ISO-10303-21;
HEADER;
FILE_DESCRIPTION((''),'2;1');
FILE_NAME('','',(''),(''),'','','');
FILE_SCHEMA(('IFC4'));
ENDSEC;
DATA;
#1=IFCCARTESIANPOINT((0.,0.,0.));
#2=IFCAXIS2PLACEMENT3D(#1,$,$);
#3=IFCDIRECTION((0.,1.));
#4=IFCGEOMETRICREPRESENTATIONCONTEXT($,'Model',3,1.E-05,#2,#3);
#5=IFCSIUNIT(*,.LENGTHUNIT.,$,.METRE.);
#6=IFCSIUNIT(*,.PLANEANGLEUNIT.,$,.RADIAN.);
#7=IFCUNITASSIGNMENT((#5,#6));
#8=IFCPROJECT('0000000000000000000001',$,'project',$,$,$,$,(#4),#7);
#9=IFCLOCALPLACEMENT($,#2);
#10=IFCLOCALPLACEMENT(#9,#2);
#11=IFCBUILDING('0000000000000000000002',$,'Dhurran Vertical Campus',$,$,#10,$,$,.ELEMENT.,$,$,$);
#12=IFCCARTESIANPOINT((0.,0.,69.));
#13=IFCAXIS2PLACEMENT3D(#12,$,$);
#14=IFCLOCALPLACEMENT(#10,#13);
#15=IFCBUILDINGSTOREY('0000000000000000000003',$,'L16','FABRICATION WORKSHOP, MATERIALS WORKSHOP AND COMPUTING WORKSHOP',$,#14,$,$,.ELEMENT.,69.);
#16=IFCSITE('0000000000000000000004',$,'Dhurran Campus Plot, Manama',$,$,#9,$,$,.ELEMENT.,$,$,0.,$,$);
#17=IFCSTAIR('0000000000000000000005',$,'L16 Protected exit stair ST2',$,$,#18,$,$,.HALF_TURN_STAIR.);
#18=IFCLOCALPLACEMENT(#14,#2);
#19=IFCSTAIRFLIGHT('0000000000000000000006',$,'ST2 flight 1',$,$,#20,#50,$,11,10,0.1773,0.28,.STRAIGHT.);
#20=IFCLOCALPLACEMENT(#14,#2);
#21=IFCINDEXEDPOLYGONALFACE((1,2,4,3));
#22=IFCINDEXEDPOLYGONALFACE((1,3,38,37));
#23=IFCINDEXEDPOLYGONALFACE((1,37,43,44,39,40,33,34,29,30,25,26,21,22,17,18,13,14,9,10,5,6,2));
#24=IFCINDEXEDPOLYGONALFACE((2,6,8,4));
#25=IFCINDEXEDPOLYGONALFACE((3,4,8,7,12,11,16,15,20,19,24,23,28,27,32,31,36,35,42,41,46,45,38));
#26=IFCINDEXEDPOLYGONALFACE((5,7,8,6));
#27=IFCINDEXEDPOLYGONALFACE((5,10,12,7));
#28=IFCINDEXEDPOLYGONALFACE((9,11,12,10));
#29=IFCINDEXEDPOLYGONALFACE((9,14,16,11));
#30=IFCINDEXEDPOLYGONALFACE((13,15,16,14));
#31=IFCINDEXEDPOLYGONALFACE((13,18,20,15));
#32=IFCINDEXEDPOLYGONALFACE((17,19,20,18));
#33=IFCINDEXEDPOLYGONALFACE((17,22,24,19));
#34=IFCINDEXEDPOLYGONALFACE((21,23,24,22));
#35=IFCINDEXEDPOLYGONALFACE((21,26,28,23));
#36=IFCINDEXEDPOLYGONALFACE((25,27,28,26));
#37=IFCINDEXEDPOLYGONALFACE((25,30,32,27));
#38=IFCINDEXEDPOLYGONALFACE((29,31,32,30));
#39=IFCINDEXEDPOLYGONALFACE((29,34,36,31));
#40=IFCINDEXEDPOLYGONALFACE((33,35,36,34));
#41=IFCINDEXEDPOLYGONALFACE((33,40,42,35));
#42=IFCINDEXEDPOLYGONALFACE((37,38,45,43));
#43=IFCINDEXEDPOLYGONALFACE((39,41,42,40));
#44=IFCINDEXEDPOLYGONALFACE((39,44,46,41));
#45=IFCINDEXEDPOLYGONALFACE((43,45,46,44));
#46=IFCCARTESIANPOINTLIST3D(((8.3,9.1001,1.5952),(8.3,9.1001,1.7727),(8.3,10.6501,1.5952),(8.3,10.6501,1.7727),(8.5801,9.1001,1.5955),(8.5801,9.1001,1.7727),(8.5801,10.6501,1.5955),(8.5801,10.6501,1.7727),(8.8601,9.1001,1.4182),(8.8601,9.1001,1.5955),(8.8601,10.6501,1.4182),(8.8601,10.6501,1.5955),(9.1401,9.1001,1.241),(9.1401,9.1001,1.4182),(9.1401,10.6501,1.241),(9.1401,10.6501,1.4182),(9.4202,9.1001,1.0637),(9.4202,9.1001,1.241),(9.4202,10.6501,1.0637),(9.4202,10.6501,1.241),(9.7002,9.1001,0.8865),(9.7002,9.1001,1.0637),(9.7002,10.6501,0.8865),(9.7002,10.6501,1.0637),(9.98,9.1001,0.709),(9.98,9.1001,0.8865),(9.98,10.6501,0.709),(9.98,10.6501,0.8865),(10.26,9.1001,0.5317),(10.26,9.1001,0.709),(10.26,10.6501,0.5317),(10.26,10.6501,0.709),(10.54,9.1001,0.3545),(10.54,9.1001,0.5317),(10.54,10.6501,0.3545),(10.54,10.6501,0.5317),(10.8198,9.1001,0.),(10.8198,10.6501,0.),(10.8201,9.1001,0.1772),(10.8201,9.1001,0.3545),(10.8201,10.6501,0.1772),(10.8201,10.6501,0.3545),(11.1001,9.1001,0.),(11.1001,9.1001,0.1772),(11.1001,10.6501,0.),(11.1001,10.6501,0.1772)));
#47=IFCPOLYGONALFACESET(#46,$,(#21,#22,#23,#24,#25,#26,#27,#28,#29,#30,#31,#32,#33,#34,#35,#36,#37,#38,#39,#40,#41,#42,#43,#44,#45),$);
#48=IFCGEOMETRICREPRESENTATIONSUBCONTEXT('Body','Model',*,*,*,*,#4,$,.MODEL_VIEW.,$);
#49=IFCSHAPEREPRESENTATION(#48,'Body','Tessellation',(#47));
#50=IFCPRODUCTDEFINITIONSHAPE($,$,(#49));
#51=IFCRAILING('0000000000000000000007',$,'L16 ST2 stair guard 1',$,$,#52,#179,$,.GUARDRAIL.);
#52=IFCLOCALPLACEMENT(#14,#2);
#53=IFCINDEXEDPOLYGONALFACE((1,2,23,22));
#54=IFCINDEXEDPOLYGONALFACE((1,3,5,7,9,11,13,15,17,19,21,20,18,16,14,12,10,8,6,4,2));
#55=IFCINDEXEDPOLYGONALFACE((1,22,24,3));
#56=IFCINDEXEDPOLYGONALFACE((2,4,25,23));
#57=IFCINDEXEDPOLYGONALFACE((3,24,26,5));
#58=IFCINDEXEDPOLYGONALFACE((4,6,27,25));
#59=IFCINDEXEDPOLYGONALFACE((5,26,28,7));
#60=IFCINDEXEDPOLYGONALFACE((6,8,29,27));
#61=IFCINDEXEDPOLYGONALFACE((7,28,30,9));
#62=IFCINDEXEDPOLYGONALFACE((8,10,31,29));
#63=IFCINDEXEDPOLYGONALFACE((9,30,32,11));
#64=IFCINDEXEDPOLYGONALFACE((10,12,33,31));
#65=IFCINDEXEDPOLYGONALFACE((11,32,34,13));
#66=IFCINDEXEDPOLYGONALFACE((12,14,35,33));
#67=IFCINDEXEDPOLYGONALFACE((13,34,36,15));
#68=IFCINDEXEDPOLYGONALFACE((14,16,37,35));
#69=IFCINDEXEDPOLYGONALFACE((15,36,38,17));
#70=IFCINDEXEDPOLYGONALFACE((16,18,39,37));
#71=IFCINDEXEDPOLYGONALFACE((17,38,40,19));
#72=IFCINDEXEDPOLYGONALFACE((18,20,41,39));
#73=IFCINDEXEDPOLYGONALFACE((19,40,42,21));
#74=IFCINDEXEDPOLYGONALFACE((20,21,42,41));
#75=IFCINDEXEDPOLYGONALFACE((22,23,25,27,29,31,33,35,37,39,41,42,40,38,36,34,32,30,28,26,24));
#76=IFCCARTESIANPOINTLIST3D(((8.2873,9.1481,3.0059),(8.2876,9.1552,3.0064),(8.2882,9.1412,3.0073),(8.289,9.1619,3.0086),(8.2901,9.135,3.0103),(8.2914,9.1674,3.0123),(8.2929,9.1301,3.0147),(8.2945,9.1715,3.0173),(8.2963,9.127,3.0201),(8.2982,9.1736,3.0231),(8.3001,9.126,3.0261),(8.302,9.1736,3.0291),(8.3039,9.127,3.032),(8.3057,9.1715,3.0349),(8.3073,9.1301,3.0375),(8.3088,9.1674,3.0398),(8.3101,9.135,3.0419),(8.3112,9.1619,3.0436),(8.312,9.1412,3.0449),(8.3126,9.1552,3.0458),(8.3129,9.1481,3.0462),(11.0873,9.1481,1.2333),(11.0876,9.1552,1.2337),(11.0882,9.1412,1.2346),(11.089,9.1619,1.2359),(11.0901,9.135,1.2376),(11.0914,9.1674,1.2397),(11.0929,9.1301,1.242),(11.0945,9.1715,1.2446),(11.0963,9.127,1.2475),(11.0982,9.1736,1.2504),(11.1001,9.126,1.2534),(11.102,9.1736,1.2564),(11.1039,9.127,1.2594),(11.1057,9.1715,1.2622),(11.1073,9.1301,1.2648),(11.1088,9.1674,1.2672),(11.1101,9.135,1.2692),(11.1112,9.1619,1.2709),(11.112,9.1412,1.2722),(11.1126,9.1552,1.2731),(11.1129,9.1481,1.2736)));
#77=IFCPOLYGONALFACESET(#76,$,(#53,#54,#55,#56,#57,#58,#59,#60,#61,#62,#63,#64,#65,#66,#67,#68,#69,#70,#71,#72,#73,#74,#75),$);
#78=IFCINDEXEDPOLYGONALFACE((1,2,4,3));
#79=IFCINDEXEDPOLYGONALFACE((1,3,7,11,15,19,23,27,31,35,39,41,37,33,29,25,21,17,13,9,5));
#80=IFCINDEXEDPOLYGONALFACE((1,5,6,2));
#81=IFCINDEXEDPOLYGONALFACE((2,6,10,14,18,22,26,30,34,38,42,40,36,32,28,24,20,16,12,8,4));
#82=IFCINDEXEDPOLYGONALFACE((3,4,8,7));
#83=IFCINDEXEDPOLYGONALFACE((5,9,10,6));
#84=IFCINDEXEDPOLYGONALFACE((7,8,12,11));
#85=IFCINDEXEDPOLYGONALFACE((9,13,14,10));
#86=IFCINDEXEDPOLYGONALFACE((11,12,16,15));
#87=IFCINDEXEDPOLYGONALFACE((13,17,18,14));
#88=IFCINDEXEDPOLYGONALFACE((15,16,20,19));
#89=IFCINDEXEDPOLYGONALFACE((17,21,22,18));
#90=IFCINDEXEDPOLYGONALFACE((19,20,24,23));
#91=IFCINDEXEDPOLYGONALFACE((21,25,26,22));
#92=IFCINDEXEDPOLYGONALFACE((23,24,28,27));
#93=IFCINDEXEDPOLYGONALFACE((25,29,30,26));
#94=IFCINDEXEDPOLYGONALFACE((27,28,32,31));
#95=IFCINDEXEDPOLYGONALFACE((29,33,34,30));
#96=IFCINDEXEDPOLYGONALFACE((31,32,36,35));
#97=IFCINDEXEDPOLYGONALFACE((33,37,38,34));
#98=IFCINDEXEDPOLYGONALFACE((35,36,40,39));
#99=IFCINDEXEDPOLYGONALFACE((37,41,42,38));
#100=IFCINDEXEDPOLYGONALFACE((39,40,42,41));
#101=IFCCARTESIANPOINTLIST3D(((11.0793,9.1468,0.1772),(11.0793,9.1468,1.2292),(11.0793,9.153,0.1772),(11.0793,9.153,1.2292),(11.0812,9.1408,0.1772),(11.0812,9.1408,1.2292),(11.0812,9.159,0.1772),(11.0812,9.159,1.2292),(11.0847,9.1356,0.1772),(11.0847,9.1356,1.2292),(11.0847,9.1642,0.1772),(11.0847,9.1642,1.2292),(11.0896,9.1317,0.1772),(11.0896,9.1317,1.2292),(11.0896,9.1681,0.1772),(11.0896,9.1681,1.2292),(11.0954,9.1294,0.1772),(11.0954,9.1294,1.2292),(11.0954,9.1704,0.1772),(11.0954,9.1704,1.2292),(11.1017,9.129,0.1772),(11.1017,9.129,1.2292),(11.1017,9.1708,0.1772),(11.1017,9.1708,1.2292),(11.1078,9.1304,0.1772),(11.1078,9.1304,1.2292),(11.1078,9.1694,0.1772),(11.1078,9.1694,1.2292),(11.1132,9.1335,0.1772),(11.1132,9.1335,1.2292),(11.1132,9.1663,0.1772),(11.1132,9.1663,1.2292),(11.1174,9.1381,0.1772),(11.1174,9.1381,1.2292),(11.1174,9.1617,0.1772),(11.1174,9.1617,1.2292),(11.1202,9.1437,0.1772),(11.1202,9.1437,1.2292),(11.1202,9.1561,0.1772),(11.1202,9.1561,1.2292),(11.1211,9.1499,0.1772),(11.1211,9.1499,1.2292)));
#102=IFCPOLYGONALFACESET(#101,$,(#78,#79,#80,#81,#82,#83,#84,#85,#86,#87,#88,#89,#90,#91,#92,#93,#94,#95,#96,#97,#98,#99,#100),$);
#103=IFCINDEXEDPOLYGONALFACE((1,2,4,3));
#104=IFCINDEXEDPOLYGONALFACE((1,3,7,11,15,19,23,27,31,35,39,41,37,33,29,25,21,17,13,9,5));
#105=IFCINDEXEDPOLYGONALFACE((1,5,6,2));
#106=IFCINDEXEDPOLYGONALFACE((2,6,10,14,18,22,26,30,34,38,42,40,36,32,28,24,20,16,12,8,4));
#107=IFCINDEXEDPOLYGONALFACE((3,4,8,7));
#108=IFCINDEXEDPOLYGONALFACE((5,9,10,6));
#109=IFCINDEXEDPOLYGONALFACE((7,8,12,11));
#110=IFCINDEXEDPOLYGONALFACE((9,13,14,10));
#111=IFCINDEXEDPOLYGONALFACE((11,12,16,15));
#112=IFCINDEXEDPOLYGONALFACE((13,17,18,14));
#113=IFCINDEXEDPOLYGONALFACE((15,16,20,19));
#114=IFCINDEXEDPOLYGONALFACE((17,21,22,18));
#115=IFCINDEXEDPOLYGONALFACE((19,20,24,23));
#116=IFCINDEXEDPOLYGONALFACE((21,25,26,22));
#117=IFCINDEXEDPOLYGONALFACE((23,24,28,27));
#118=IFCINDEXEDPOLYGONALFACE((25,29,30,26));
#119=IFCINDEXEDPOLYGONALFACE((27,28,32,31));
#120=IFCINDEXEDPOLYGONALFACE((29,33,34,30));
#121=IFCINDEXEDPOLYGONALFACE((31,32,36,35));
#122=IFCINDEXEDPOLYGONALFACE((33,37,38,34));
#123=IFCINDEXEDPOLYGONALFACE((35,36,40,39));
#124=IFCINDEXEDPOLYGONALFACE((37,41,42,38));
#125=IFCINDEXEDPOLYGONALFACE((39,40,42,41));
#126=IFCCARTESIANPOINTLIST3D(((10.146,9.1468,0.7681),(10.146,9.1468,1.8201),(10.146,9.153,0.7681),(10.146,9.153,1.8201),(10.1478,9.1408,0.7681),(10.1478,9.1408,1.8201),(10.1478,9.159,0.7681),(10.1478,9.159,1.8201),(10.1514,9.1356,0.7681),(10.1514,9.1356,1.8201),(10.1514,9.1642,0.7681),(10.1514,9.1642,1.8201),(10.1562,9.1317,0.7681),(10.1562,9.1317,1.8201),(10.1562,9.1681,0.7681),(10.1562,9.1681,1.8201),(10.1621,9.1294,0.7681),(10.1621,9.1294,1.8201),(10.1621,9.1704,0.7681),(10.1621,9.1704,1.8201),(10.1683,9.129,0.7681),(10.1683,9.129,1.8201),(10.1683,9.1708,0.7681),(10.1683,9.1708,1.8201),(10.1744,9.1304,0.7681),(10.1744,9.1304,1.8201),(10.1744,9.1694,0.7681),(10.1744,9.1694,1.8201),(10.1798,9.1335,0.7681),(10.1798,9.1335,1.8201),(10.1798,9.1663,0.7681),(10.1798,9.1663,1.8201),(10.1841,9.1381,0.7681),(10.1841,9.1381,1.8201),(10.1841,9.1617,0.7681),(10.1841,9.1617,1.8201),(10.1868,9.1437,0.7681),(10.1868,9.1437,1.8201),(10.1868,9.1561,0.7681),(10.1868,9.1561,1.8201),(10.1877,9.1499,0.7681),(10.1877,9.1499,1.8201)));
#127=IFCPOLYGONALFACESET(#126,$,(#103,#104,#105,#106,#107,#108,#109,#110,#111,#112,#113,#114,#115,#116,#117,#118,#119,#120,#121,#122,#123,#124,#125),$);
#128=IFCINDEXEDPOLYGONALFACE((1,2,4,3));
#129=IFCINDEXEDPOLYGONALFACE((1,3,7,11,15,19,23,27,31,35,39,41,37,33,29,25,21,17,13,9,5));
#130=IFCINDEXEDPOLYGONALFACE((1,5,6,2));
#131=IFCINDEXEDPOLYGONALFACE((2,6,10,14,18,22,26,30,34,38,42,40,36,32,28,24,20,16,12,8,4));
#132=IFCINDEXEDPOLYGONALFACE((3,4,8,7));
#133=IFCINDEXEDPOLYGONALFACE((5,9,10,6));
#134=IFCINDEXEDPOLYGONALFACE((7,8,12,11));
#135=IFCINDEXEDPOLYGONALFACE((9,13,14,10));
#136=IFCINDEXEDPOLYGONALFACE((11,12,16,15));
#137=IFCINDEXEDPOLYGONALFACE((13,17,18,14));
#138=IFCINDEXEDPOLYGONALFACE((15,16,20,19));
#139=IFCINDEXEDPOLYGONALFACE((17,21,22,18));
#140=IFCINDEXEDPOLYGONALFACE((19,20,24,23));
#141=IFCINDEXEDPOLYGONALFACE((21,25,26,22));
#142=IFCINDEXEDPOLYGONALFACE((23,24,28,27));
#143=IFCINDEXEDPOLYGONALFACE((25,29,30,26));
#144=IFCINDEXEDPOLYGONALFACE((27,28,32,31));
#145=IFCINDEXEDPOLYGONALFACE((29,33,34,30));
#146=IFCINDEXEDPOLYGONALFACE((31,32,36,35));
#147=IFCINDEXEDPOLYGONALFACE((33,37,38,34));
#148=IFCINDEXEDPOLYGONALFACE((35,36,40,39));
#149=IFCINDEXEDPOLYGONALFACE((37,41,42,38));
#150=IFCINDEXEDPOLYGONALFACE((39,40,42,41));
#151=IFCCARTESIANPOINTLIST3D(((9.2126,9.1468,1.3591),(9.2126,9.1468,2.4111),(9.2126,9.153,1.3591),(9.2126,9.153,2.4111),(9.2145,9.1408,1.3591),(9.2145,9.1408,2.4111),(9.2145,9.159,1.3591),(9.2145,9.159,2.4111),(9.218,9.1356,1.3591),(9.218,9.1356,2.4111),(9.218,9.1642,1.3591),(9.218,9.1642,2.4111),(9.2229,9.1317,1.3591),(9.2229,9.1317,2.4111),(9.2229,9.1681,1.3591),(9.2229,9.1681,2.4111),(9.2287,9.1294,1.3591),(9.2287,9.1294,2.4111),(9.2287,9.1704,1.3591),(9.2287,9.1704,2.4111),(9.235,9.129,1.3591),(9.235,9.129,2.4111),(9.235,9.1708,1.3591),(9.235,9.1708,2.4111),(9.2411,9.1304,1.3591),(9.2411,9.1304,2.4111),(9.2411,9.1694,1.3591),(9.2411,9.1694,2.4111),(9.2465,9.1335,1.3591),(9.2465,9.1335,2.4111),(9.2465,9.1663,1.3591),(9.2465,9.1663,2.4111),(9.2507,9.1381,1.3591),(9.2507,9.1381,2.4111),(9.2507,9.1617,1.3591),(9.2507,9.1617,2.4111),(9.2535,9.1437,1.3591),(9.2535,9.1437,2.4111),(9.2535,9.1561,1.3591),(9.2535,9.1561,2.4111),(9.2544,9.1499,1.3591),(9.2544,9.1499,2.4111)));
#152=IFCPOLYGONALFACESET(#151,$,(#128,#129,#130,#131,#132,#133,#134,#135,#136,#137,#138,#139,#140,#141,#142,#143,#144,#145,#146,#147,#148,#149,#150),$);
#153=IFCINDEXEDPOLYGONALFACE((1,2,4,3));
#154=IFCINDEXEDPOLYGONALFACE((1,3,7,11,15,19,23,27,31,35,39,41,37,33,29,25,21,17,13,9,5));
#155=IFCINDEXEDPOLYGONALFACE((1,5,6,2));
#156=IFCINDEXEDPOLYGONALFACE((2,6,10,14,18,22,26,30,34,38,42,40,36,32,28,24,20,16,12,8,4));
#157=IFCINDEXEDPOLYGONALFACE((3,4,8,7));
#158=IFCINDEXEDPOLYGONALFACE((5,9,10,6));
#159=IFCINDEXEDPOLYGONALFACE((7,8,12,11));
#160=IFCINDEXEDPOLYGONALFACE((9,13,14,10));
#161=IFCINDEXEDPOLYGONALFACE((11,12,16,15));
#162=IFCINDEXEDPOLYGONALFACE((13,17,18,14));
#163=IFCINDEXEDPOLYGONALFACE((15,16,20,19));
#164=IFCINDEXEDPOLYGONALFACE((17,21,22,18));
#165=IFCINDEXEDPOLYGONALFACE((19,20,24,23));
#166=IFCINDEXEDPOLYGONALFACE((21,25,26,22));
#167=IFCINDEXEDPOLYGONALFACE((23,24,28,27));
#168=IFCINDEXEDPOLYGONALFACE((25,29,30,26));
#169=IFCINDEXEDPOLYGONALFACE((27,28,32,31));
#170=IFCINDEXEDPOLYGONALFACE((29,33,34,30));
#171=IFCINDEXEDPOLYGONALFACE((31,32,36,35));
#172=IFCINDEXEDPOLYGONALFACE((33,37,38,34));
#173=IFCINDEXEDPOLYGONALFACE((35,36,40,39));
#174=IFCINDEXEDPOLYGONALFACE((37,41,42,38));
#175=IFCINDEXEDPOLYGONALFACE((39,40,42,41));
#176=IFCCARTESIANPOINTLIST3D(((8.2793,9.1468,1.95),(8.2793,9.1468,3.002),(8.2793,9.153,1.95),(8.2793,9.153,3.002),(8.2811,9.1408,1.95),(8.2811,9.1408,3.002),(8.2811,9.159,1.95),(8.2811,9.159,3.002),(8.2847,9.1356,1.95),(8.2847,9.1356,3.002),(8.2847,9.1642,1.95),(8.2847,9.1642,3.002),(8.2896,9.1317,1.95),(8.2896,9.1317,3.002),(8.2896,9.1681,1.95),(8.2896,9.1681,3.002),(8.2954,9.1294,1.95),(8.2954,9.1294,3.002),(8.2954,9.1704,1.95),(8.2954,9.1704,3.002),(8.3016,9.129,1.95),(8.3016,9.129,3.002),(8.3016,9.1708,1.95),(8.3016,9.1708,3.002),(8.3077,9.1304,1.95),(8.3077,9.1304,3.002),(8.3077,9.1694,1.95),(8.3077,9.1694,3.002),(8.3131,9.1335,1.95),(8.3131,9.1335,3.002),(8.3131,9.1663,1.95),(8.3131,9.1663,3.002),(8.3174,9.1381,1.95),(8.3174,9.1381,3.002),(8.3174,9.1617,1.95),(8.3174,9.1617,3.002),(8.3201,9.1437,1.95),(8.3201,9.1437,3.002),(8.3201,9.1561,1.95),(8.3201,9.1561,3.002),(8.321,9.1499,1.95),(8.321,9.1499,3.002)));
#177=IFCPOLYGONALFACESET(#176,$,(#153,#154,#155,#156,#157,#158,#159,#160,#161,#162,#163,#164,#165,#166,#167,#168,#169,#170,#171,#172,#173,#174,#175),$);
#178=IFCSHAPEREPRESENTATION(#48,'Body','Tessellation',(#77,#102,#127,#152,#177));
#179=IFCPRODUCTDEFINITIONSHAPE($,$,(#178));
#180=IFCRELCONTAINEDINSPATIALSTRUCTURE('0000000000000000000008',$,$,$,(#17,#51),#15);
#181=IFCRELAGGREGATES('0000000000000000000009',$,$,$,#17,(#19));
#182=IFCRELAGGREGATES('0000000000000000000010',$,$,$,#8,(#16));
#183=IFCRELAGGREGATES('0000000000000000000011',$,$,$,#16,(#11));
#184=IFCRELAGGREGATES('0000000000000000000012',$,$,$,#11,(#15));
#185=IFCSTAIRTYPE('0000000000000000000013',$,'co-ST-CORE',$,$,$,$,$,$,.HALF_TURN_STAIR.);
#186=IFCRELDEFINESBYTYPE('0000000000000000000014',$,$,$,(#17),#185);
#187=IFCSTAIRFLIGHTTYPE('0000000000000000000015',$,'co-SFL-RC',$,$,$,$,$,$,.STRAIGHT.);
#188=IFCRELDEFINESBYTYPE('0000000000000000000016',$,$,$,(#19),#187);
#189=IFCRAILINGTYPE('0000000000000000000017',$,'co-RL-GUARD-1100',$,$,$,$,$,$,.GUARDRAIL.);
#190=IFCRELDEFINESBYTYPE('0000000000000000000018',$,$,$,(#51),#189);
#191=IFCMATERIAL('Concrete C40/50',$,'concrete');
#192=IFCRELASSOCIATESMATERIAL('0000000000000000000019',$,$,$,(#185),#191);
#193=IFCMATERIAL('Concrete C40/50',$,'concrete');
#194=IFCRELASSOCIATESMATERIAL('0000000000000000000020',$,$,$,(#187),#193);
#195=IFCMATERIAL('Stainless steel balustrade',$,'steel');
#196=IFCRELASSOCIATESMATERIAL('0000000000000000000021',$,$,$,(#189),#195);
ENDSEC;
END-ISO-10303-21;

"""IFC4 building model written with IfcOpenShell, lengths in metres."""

from ifc_helpers import new_model, si_unit, direction, frame, origin, origin_2d, place, context, subcontext, project, spatial, polyline, circle, outline, extrude, material, type_object, element, aggregate, save


model = new_model("IFC4")

# Units and contexts
model_context = context("Model", 3, precision=1e-05, world=origin(), true_north=direction((0.0, 1.0)))
body_context = subcontext(model_context, "Body", "Model", "MODEL_VIEW")
ifc_project = project(units=[si_unit("LENGTHUNIT", "METRE"), si_unit("PLANEANGLEUNIT", "RADIAN")], contexts=[model_context])

# Site, building, storey
site_placement = place(None, origin())
site = spatial("IfcSite", under=ifc_project, at=site_placement, Name="Dhurran Campus Plot, Manama", CompositionType="ELEMENT", RefElevation=0.0)
building_placement = place(site_placement, origin())
building = spatial("IfcBuilding", under=site, at=building_placement, Name="Dhurran Vertical Campus", CompositionType="ELEMENT")
storey_placement = place(building_placement, frame((0.0, 0.0, 69.0)))
storey = spatial("IfcBuildingStorey", under=building, at=storey_placement, Name="L16", Description="FABRICATION WORKSHOP, MATERIALS WORKSHOP AND COMPUTING WORKSHOP", CompositionType="ELEMENT", Elevation=69.0)

# Stair, stair flight
ifc_material_1 = material(Name="Concrete C40/50", Category="concrete")
stair_type = type_object("IfcStairType", Name="co-ST-CORE", PredefinedType="HALF_TURN_STAIR", material=ifc_material_1)
stair_placement = place(storey_placement, origin())
stair = element("IfcStair", 1, at=stair_placement, inside=storey, type_object=stair_type, Name="L16 Protected exit stair ST2", PredefinedType="HALF_TURN_STAIR")
ifc_material_2 = material(Name="Concrete C40/50", Category="concrete")
stair_flight_type = type_object("IfcStairFlightType", Name="co-SFL-RC", PredefinedType="STRAIGHT", material=ifc_material_2)
stair_flight_placement = place(storey_placement, frame((11.1001, 9.875, 0.0), z_axis=(0.0, 0.0, 1.0), x_axis=(-1.0, 0.0, 0.0)))
stair_flight = element("IfcStairFlight", 2, at=stair_flight_placement, type_object=stair_flight_type, Name="ST2 flight 1", NumberOfRisers=11, NumberOfTreads=10, PredefinedType="STRAIGHT", RiserHeight=0.1773, TreadLength=0.28, context=body_context, shape_type="SweptSolid", body=[
    extrude(outline(polyline([(0.0, 0.0), (0.0, 0.1772), (0.28, 0.1772), (0.28, 0.3545), (0.5601, 0.3545), (0.5601, 0.5317), (0.8401, 0.5317), (0.8401, 0.709), (1.1201, 0.709), (1.1201, 0.8865), (1.3999, 0.8865), (1.3999, 1.0637), (1.6799, 1.0637), (1.6799, 1.241), (1.96, 1.241), (1.96, 1.4182), (2.24, 1.4182), (2.24, 1.5955), (2.52, 1.5955), (2.52, 1.7727), (2.8, 1.7727), (2.8, 1.95), (2.8, 1.5952), (0.2803, 0.0), (0.0, 0.0)])), frame((0.0, 0.7749, 0.0), z_axis=(0.0, -1.0, 0.0), x_axis=(1.0, 0.0, 0.0)), (0.0, 0.0, 1.0), 1.55),
])
aggregate(stair, [stair_flight])

# Railing
ifc_material_3 = material(Name="Stainless steel balustrade", Category="steel")
railing_type_1 = type_object("IfcRailingType", Name="co-RL-GUARD-1100", PredefinedType="GUARDRAIL", material=ifc_material_3)
railing_1_placement = place(storey_placement, frame((11.1001, 9.1499, 0.1772)))
element("IfcRailing", 3, at=railing_1_placement, inside=storey, type_object=railing_type_1, Name="L16 ST2 stair guard 1", PredefinedType="GUARDRAIL", context=body_context, shape_type="SweptSolid", body=[
    extrude(circle(Radius=0.0239, at=origin_2d()), frame((0.0, 0.0, 1.0762), z_axis=(-0.844909, 0.0, 0.53491), x_axis=(0.0, -1.0, 0.0)), (0.0, 0.0, 1.0), 3.314),
    extrude(circle(Radius=0.021, at=origin_2d()), origin(), (0.0, 0.0, 1.0), 1.052),
    extrude(circle(Radius=0.021, at=origin_2d()), frame((-0.9333, 0.0, 0.5908)), (0.0, 0.0, 1.0), 1.052),
    extrude(circle(Radius=0.021, at=origin_2d()), frame((-1.8667, 0.0, 1.1819)), (0.0, 0.0, 1.0), 1.052),
    extrude(circle(Radius=0.021, at=origin_2d()), frame((-2.8, 0.0, 1.7727)), (0.0, 0.0, 1.0), 1.052),
])

save(model, "model.ifc")
